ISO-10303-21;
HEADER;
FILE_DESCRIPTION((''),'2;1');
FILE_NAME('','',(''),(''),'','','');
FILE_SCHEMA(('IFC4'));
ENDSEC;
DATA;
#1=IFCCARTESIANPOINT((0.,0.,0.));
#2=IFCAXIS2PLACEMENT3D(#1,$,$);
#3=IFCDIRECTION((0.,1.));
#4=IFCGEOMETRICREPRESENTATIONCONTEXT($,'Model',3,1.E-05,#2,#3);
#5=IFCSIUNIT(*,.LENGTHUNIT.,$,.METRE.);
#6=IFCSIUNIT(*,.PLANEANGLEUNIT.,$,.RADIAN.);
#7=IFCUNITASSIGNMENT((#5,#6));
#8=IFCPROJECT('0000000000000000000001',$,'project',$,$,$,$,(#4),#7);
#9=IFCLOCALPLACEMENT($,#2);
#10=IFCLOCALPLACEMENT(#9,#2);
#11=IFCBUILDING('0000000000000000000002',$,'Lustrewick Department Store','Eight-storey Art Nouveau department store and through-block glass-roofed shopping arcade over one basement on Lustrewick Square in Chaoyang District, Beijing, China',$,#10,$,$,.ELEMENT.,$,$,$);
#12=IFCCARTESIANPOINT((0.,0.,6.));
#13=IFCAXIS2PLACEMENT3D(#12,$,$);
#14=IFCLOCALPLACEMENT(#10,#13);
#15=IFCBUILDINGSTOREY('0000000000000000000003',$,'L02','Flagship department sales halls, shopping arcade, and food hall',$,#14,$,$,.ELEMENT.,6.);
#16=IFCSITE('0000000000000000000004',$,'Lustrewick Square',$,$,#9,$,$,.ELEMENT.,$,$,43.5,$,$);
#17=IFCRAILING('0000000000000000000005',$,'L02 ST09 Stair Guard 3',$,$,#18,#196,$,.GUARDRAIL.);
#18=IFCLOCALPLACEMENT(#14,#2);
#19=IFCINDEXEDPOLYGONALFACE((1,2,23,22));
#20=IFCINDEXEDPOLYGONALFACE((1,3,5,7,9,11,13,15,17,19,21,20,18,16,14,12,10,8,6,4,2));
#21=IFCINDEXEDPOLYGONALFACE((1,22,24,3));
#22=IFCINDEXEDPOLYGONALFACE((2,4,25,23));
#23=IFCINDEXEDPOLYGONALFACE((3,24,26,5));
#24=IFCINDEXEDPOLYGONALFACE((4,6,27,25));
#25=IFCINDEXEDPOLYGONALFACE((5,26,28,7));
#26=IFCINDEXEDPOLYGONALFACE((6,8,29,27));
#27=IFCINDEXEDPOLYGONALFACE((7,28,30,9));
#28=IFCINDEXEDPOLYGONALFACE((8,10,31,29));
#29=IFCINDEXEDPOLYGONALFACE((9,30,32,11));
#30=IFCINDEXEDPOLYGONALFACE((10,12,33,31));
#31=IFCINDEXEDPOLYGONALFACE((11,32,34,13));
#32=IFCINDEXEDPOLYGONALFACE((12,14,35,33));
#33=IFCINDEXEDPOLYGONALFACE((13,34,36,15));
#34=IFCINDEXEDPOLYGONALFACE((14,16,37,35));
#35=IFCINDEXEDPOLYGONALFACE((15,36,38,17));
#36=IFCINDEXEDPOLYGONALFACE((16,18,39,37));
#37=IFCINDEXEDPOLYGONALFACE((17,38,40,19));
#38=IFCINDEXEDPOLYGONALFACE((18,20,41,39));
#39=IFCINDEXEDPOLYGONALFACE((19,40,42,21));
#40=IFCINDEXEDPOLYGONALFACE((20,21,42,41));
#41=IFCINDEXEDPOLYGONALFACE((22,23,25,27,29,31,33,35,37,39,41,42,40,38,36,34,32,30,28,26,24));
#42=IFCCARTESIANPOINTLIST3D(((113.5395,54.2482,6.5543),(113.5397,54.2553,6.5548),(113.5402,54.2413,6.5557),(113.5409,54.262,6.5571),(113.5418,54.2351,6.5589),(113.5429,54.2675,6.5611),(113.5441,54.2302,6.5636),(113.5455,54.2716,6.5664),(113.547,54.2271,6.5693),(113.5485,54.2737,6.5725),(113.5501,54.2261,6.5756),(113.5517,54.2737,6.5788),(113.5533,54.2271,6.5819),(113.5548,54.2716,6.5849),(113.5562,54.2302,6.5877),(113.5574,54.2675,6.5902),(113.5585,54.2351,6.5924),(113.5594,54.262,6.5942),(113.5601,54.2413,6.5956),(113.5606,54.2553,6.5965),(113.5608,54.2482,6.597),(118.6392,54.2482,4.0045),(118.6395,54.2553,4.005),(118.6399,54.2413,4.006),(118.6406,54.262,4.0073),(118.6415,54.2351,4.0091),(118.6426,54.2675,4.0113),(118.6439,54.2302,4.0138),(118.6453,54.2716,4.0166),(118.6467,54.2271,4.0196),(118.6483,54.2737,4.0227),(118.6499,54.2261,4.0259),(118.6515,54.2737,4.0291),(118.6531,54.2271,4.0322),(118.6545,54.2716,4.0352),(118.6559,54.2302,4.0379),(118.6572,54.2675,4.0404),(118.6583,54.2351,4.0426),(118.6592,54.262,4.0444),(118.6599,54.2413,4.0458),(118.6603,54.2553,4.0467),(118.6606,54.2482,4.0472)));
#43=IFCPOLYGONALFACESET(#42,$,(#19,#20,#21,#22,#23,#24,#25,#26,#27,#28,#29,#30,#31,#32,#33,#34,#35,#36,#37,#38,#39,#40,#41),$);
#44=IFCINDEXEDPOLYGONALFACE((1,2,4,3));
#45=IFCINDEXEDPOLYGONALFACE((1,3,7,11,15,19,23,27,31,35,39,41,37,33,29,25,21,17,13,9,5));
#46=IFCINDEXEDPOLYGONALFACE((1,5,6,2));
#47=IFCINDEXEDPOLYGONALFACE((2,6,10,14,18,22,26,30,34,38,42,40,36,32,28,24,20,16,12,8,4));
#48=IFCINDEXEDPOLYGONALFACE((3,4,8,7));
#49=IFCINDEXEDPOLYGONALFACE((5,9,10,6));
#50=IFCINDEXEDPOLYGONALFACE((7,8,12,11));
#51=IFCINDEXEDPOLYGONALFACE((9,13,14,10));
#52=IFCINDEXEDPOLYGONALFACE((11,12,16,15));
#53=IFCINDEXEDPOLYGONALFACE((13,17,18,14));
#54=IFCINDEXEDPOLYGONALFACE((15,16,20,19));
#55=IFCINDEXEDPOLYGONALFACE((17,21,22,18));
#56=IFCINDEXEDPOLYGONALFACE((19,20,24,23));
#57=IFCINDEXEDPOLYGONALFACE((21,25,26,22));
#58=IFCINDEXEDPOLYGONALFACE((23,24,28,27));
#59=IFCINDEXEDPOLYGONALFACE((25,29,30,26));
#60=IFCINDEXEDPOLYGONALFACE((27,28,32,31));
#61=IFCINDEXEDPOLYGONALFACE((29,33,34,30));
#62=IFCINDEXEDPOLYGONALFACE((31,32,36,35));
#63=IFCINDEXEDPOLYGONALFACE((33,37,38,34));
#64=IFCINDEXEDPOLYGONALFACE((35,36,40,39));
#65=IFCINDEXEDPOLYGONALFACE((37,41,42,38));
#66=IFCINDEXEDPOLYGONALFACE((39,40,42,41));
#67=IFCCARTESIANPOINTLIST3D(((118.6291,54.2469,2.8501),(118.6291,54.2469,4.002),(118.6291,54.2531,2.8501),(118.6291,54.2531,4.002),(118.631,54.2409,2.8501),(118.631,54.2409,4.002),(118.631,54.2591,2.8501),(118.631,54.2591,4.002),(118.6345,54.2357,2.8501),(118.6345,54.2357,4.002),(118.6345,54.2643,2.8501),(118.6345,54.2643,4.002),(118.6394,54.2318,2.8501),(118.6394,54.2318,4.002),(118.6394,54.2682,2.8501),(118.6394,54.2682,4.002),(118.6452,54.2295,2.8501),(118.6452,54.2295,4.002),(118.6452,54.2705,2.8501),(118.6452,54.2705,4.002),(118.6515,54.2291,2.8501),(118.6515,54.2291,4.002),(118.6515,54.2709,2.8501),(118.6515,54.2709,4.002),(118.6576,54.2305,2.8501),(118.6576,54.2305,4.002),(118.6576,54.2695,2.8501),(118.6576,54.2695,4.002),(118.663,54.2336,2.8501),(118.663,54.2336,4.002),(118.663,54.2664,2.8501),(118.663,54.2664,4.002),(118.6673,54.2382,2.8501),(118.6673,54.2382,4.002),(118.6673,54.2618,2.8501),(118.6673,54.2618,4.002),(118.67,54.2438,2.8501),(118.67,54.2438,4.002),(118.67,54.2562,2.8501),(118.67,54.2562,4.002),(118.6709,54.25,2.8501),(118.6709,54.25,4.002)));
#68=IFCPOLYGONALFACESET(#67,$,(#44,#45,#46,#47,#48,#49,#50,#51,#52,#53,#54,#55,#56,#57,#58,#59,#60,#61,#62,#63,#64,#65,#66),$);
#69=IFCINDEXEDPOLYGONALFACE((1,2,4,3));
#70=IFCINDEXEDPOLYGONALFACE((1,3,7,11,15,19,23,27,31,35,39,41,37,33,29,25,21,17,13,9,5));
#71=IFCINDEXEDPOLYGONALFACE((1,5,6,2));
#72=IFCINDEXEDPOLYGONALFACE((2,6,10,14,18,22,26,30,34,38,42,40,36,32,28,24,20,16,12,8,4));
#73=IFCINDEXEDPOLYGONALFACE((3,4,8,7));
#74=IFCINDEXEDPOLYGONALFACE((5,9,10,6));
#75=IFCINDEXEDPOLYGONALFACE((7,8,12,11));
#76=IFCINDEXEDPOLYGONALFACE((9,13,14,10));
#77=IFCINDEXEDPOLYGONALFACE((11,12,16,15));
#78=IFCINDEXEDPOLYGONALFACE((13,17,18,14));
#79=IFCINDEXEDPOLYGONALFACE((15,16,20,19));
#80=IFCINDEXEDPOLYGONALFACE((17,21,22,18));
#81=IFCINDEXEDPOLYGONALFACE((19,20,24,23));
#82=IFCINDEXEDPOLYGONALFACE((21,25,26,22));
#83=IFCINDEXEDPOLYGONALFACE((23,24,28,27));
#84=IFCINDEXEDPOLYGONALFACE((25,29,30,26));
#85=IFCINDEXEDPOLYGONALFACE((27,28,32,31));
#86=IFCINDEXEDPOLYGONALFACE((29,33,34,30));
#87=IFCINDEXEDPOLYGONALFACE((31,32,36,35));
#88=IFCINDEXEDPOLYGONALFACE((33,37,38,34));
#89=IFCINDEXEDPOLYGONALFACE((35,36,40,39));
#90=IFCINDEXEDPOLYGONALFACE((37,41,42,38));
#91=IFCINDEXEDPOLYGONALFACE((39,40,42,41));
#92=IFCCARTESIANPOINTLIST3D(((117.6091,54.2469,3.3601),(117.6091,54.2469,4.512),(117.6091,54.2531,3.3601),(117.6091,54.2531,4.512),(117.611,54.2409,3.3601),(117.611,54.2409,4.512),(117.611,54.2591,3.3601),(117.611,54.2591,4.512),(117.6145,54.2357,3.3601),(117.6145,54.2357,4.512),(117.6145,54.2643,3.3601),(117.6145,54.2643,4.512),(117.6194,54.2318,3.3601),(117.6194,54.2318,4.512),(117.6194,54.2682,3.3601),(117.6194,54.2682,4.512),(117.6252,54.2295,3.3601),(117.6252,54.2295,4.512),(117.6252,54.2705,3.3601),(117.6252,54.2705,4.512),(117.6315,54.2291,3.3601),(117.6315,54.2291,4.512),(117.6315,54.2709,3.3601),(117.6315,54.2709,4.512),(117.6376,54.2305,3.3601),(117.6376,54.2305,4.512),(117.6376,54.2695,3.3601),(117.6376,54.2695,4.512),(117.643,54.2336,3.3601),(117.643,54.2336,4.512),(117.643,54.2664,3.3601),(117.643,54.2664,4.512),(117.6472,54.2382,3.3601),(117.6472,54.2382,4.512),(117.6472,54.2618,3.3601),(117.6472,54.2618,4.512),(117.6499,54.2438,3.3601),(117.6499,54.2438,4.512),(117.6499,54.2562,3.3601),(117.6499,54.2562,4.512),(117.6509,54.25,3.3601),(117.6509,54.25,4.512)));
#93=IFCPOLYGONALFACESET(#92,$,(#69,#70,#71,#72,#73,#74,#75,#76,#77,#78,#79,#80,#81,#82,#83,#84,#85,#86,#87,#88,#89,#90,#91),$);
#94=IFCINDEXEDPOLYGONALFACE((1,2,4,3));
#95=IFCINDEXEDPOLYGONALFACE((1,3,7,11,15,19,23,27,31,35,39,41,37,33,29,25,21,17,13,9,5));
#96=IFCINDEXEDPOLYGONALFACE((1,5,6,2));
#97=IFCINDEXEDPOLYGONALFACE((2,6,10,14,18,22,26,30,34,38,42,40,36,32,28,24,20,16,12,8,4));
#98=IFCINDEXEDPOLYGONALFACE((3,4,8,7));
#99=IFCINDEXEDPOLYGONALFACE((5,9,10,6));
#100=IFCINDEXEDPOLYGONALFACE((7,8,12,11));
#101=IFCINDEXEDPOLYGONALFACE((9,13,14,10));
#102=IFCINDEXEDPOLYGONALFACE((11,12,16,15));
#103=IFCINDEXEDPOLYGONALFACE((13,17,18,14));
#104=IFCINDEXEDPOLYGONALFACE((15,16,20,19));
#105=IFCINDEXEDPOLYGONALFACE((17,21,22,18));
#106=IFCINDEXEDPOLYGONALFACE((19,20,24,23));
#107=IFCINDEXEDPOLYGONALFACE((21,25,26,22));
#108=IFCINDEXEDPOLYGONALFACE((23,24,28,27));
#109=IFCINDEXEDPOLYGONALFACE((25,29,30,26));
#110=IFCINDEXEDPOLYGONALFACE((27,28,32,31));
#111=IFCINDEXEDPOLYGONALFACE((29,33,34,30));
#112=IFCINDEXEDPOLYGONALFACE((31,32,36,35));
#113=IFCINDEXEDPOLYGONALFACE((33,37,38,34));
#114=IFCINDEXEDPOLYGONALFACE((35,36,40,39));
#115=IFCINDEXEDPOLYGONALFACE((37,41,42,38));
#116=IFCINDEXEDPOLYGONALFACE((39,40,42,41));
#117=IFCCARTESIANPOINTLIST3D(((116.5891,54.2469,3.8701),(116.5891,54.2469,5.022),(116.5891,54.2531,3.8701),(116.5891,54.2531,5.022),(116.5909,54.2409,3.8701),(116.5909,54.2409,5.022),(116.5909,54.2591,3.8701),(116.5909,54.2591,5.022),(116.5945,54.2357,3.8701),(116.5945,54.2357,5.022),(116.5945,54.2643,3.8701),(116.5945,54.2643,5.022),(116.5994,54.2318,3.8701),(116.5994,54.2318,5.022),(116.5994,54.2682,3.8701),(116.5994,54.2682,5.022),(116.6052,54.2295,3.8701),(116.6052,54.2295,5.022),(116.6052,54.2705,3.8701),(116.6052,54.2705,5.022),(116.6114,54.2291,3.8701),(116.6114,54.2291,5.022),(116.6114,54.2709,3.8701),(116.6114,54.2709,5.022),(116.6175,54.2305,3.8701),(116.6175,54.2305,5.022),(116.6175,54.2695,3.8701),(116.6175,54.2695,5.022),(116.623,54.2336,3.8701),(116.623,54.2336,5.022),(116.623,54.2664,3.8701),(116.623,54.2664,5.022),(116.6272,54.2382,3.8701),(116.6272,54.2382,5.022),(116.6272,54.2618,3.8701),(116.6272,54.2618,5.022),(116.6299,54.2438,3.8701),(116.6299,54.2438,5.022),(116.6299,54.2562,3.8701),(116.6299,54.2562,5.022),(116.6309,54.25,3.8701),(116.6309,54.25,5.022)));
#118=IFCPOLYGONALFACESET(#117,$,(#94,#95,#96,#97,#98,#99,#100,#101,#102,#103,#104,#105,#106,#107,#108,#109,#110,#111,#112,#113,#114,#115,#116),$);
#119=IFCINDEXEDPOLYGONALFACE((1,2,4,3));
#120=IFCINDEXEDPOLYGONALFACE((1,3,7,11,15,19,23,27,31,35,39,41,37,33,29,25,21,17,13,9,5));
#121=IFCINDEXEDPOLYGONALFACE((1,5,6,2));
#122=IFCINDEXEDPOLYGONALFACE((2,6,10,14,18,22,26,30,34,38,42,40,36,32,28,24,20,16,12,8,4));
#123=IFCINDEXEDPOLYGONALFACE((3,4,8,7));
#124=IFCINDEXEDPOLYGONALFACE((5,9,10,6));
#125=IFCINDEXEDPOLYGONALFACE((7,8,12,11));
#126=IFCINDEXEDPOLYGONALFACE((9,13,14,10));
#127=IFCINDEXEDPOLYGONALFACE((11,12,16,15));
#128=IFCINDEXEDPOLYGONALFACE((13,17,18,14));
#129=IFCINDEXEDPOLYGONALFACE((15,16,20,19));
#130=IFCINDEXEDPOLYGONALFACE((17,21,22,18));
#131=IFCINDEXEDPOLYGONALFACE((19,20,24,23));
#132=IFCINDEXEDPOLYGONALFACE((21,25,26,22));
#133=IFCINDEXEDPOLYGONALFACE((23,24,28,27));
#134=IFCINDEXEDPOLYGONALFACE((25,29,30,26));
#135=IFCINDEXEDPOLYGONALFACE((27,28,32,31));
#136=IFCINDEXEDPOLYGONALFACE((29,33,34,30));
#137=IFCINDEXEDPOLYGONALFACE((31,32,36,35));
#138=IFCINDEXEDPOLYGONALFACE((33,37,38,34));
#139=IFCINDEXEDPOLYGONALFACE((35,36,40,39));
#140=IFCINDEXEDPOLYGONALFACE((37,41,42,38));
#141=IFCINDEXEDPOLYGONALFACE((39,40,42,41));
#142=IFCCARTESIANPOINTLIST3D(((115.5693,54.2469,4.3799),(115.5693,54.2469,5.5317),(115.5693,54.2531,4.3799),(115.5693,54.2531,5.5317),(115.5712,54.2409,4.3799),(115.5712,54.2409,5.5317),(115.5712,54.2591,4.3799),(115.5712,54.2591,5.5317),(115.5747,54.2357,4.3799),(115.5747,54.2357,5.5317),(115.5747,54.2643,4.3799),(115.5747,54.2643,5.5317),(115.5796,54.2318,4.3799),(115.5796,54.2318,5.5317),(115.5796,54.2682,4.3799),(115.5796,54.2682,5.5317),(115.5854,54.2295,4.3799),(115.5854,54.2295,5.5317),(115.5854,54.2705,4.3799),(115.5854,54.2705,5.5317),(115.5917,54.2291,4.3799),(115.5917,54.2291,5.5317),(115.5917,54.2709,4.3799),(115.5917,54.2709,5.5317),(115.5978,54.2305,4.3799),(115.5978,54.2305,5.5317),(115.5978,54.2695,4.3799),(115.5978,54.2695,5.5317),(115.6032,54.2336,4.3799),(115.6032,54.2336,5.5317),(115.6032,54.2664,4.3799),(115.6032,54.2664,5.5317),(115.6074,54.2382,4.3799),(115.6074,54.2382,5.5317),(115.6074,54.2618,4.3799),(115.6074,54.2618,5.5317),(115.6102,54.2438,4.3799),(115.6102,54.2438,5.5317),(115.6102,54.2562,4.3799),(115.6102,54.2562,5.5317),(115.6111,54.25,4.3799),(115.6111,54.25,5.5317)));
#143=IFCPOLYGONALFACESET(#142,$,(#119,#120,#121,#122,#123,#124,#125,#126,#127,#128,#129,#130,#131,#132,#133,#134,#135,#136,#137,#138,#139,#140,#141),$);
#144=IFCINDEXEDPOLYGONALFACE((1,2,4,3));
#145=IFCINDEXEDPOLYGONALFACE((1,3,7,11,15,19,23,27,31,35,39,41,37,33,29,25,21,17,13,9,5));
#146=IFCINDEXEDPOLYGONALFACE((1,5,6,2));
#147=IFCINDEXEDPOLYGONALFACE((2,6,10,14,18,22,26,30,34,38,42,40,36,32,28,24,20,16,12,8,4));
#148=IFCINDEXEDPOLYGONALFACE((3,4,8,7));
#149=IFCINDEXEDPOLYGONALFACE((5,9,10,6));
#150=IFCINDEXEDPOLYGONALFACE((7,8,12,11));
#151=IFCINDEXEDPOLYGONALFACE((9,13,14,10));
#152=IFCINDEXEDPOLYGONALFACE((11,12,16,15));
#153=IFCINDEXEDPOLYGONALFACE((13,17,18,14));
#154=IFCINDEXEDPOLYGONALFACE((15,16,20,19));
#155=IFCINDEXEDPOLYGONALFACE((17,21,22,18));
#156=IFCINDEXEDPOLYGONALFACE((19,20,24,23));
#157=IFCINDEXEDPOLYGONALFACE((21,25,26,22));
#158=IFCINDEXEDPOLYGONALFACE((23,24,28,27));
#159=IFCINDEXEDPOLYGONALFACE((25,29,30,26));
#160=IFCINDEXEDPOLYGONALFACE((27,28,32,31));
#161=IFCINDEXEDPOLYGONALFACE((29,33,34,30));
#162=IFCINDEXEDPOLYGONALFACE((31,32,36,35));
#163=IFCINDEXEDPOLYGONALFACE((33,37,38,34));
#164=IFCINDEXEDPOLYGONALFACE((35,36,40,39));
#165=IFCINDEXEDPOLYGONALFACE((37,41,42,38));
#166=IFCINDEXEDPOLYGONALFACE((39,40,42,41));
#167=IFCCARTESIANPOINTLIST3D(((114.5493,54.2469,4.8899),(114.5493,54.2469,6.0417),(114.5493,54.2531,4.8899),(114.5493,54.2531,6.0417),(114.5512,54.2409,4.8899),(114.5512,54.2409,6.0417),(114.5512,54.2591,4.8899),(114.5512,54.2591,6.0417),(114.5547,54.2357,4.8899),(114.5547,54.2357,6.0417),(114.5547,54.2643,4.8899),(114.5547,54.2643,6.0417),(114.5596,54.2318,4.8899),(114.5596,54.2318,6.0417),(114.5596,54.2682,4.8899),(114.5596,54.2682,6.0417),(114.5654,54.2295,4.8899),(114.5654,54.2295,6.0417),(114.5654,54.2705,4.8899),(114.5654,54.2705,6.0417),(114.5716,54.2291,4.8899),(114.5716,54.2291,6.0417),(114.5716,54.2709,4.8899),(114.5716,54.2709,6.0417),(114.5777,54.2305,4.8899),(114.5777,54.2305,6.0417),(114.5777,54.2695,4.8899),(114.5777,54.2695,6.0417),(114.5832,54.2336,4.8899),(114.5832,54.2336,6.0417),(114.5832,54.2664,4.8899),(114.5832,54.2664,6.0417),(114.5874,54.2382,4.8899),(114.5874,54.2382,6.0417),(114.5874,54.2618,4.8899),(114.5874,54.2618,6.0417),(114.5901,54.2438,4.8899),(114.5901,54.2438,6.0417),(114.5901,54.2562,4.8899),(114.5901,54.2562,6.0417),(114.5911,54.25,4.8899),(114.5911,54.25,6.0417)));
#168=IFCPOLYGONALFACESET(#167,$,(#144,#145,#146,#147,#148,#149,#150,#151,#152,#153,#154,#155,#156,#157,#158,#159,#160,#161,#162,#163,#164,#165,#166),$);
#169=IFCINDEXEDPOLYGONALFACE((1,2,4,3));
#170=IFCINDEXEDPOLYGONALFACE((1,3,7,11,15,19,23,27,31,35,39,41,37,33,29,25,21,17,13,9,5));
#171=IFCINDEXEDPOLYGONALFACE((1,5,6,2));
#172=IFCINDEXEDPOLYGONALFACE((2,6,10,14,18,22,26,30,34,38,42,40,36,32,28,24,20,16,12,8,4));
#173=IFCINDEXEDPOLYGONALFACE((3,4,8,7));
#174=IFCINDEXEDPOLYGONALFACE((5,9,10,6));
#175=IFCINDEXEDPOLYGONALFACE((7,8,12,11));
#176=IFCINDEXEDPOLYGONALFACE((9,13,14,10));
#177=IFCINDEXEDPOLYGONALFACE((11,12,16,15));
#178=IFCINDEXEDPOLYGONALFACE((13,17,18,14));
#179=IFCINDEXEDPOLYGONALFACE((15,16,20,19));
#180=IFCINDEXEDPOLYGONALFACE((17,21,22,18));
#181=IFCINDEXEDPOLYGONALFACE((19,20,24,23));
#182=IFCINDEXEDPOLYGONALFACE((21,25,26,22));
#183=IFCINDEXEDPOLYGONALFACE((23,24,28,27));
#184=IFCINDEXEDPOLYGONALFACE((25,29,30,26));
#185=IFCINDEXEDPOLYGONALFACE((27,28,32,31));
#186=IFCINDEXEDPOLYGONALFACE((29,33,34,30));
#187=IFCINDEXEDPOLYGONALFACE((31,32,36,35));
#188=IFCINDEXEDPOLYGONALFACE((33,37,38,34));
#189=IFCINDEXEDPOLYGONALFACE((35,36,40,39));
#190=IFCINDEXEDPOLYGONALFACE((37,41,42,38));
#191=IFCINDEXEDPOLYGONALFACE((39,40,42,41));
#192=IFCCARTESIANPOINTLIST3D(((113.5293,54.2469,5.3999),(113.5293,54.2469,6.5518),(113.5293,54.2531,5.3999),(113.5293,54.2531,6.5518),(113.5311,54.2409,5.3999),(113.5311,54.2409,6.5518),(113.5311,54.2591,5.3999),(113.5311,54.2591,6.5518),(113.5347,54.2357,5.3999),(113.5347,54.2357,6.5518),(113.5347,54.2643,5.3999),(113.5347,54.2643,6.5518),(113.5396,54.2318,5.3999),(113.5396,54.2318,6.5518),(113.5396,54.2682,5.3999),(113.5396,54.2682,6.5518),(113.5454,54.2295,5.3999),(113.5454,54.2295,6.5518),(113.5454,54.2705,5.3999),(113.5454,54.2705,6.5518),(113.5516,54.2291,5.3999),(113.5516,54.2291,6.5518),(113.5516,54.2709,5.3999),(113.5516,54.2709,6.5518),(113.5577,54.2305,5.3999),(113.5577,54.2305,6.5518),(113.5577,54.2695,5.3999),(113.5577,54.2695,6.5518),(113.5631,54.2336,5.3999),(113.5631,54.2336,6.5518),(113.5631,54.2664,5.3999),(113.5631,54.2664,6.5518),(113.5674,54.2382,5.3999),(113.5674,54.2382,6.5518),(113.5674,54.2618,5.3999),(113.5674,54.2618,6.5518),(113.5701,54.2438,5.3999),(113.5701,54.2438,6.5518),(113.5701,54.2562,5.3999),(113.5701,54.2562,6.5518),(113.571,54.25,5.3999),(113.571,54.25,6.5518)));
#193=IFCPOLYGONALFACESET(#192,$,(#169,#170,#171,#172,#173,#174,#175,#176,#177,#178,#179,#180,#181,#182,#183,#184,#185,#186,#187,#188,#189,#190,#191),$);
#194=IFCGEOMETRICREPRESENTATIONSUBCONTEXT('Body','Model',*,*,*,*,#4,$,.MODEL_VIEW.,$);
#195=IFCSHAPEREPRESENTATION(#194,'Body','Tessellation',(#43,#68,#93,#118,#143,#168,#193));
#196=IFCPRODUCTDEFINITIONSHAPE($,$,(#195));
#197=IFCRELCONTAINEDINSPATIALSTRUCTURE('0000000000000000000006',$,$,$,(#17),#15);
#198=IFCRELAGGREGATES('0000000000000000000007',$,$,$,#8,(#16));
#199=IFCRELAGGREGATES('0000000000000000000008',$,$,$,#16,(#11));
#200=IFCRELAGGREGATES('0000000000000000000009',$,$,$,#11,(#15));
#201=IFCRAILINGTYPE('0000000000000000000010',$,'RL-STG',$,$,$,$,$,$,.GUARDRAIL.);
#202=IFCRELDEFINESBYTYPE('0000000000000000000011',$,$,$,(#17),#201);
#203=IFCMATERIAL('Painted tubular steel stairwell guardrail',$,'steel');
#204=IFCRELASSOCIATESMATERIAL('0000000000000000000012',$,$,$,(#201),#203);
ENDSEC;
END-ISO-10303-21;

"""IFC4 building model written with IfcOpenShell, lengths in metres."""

from ifc_helpers import new_model, si_unit, direction, frame, origin, origin_2d, place, context, subcontext, project, spatial, circle, extrude, material, type_object, element, save


model = new_model("IFC4")

# Units and contexts
model_context = context("Model", 3, precision=1e-05, world=origin(), true_north=direction((0.0, 1.0)))
body_context = subcontext(model_context, "Body", "Model", "MODEL_VIEW")
ifc_project = project(units=[si_unit("LENGTHUNIT", "METRE"), si_unit("PLANEANGLEUNIT", "RADIAN")], contexts=[model_context])

# Site, building, storey
site_placement = place(None, origin())
site = spatial("IfcSite", under=ifc_project, at=site_placement, Name="Lustrewick Square", CompositionType="ELEMENT", RefElevation=43.5)
building_placement = place(site_placement, origin())
building = spatial("IfcBuilding", under=site, at=building_placement, Name="Lustrewick Department Store", Description="Eight-storey Art Nouveau department store and through-block glass-roofed shopping arcade over one basement on Lustrewick Square in Chaoyang District, Beijing, China", CompositionType="ELEMENT")
storey_placement = place(building_placement, frame((0.0, 0.0, 6.0)))
storey = spatial("IfcBuildingStorey", under=building, at=storey_placement, Name="L02", Description="Flagship department sales halls, shopping arcade, and food hall", CompositionType="ELEMENT", Elevation=6.0)

# Railing
ifc_material_1 = material(Name="Painted tubular steel stairwell guardrail", Category="steel")
railing_type_1 = type_object("IfcRailingType", Name="RL-STG", PredefinedType="GUARDRAIL", material=ifc_material_1)
railing_1_placement = place(storey_placement, frame((118.6499, 54.25, 2.8501)))
element("IfcRailing", 1, at=railing_1_placement, inside=storey, type_object=railing_type_1, Name="L02 ST09 Stair Guard 3", PredefinedType="GUARDRAIL", context=body_context, shape_type="SweptSolid", body=[
    extrude(circle(Radius=0.0239, at=origin_2d()), frame((0.0, 0.0, 1.1758), z_axis=(-0.894436, 0.0, 0.447196), x_axis=(0.0, -1.0, 0.0)), (0.0, 0.0, 1.0), 5.7017),
    extrude(circle(Radius=0.021, at=origin_2d()), origin(), (0.0, 0.0, 1.0), 1.1519),
    extrude(circle(Radius=0.021, at=origin_2d()), frame((-1.02, 0.0, 0.51)), (0.0, 0.0, 1.0), 1.1519),
    extrude(circle(Radius=0.021, at=origin_2d()), frame((-2.04, 0.0, 1.02)), (0.0, 0.0, 1.0), 1.1519),
    extrude(circle(Radius=0.021, at=origin_2d()), frame((-3.0598, 0.0, 1.5298)), (0.0, 0.0, 1.0), 1.1519),
    extrude(circle(Radius=0.021, at=origin_2d()), frame((-4.0798, 0.0, 2.0398)), (0.0, 0.0, 1.0), 1.1519),
    extrude(circle(Radius=0.021, at=origin_2d()), frame((-5.0999, 0.0, 2.5498)), (0.0, 0.0, 1.0), 1.1519),
])

save(model, "model.ifc")
